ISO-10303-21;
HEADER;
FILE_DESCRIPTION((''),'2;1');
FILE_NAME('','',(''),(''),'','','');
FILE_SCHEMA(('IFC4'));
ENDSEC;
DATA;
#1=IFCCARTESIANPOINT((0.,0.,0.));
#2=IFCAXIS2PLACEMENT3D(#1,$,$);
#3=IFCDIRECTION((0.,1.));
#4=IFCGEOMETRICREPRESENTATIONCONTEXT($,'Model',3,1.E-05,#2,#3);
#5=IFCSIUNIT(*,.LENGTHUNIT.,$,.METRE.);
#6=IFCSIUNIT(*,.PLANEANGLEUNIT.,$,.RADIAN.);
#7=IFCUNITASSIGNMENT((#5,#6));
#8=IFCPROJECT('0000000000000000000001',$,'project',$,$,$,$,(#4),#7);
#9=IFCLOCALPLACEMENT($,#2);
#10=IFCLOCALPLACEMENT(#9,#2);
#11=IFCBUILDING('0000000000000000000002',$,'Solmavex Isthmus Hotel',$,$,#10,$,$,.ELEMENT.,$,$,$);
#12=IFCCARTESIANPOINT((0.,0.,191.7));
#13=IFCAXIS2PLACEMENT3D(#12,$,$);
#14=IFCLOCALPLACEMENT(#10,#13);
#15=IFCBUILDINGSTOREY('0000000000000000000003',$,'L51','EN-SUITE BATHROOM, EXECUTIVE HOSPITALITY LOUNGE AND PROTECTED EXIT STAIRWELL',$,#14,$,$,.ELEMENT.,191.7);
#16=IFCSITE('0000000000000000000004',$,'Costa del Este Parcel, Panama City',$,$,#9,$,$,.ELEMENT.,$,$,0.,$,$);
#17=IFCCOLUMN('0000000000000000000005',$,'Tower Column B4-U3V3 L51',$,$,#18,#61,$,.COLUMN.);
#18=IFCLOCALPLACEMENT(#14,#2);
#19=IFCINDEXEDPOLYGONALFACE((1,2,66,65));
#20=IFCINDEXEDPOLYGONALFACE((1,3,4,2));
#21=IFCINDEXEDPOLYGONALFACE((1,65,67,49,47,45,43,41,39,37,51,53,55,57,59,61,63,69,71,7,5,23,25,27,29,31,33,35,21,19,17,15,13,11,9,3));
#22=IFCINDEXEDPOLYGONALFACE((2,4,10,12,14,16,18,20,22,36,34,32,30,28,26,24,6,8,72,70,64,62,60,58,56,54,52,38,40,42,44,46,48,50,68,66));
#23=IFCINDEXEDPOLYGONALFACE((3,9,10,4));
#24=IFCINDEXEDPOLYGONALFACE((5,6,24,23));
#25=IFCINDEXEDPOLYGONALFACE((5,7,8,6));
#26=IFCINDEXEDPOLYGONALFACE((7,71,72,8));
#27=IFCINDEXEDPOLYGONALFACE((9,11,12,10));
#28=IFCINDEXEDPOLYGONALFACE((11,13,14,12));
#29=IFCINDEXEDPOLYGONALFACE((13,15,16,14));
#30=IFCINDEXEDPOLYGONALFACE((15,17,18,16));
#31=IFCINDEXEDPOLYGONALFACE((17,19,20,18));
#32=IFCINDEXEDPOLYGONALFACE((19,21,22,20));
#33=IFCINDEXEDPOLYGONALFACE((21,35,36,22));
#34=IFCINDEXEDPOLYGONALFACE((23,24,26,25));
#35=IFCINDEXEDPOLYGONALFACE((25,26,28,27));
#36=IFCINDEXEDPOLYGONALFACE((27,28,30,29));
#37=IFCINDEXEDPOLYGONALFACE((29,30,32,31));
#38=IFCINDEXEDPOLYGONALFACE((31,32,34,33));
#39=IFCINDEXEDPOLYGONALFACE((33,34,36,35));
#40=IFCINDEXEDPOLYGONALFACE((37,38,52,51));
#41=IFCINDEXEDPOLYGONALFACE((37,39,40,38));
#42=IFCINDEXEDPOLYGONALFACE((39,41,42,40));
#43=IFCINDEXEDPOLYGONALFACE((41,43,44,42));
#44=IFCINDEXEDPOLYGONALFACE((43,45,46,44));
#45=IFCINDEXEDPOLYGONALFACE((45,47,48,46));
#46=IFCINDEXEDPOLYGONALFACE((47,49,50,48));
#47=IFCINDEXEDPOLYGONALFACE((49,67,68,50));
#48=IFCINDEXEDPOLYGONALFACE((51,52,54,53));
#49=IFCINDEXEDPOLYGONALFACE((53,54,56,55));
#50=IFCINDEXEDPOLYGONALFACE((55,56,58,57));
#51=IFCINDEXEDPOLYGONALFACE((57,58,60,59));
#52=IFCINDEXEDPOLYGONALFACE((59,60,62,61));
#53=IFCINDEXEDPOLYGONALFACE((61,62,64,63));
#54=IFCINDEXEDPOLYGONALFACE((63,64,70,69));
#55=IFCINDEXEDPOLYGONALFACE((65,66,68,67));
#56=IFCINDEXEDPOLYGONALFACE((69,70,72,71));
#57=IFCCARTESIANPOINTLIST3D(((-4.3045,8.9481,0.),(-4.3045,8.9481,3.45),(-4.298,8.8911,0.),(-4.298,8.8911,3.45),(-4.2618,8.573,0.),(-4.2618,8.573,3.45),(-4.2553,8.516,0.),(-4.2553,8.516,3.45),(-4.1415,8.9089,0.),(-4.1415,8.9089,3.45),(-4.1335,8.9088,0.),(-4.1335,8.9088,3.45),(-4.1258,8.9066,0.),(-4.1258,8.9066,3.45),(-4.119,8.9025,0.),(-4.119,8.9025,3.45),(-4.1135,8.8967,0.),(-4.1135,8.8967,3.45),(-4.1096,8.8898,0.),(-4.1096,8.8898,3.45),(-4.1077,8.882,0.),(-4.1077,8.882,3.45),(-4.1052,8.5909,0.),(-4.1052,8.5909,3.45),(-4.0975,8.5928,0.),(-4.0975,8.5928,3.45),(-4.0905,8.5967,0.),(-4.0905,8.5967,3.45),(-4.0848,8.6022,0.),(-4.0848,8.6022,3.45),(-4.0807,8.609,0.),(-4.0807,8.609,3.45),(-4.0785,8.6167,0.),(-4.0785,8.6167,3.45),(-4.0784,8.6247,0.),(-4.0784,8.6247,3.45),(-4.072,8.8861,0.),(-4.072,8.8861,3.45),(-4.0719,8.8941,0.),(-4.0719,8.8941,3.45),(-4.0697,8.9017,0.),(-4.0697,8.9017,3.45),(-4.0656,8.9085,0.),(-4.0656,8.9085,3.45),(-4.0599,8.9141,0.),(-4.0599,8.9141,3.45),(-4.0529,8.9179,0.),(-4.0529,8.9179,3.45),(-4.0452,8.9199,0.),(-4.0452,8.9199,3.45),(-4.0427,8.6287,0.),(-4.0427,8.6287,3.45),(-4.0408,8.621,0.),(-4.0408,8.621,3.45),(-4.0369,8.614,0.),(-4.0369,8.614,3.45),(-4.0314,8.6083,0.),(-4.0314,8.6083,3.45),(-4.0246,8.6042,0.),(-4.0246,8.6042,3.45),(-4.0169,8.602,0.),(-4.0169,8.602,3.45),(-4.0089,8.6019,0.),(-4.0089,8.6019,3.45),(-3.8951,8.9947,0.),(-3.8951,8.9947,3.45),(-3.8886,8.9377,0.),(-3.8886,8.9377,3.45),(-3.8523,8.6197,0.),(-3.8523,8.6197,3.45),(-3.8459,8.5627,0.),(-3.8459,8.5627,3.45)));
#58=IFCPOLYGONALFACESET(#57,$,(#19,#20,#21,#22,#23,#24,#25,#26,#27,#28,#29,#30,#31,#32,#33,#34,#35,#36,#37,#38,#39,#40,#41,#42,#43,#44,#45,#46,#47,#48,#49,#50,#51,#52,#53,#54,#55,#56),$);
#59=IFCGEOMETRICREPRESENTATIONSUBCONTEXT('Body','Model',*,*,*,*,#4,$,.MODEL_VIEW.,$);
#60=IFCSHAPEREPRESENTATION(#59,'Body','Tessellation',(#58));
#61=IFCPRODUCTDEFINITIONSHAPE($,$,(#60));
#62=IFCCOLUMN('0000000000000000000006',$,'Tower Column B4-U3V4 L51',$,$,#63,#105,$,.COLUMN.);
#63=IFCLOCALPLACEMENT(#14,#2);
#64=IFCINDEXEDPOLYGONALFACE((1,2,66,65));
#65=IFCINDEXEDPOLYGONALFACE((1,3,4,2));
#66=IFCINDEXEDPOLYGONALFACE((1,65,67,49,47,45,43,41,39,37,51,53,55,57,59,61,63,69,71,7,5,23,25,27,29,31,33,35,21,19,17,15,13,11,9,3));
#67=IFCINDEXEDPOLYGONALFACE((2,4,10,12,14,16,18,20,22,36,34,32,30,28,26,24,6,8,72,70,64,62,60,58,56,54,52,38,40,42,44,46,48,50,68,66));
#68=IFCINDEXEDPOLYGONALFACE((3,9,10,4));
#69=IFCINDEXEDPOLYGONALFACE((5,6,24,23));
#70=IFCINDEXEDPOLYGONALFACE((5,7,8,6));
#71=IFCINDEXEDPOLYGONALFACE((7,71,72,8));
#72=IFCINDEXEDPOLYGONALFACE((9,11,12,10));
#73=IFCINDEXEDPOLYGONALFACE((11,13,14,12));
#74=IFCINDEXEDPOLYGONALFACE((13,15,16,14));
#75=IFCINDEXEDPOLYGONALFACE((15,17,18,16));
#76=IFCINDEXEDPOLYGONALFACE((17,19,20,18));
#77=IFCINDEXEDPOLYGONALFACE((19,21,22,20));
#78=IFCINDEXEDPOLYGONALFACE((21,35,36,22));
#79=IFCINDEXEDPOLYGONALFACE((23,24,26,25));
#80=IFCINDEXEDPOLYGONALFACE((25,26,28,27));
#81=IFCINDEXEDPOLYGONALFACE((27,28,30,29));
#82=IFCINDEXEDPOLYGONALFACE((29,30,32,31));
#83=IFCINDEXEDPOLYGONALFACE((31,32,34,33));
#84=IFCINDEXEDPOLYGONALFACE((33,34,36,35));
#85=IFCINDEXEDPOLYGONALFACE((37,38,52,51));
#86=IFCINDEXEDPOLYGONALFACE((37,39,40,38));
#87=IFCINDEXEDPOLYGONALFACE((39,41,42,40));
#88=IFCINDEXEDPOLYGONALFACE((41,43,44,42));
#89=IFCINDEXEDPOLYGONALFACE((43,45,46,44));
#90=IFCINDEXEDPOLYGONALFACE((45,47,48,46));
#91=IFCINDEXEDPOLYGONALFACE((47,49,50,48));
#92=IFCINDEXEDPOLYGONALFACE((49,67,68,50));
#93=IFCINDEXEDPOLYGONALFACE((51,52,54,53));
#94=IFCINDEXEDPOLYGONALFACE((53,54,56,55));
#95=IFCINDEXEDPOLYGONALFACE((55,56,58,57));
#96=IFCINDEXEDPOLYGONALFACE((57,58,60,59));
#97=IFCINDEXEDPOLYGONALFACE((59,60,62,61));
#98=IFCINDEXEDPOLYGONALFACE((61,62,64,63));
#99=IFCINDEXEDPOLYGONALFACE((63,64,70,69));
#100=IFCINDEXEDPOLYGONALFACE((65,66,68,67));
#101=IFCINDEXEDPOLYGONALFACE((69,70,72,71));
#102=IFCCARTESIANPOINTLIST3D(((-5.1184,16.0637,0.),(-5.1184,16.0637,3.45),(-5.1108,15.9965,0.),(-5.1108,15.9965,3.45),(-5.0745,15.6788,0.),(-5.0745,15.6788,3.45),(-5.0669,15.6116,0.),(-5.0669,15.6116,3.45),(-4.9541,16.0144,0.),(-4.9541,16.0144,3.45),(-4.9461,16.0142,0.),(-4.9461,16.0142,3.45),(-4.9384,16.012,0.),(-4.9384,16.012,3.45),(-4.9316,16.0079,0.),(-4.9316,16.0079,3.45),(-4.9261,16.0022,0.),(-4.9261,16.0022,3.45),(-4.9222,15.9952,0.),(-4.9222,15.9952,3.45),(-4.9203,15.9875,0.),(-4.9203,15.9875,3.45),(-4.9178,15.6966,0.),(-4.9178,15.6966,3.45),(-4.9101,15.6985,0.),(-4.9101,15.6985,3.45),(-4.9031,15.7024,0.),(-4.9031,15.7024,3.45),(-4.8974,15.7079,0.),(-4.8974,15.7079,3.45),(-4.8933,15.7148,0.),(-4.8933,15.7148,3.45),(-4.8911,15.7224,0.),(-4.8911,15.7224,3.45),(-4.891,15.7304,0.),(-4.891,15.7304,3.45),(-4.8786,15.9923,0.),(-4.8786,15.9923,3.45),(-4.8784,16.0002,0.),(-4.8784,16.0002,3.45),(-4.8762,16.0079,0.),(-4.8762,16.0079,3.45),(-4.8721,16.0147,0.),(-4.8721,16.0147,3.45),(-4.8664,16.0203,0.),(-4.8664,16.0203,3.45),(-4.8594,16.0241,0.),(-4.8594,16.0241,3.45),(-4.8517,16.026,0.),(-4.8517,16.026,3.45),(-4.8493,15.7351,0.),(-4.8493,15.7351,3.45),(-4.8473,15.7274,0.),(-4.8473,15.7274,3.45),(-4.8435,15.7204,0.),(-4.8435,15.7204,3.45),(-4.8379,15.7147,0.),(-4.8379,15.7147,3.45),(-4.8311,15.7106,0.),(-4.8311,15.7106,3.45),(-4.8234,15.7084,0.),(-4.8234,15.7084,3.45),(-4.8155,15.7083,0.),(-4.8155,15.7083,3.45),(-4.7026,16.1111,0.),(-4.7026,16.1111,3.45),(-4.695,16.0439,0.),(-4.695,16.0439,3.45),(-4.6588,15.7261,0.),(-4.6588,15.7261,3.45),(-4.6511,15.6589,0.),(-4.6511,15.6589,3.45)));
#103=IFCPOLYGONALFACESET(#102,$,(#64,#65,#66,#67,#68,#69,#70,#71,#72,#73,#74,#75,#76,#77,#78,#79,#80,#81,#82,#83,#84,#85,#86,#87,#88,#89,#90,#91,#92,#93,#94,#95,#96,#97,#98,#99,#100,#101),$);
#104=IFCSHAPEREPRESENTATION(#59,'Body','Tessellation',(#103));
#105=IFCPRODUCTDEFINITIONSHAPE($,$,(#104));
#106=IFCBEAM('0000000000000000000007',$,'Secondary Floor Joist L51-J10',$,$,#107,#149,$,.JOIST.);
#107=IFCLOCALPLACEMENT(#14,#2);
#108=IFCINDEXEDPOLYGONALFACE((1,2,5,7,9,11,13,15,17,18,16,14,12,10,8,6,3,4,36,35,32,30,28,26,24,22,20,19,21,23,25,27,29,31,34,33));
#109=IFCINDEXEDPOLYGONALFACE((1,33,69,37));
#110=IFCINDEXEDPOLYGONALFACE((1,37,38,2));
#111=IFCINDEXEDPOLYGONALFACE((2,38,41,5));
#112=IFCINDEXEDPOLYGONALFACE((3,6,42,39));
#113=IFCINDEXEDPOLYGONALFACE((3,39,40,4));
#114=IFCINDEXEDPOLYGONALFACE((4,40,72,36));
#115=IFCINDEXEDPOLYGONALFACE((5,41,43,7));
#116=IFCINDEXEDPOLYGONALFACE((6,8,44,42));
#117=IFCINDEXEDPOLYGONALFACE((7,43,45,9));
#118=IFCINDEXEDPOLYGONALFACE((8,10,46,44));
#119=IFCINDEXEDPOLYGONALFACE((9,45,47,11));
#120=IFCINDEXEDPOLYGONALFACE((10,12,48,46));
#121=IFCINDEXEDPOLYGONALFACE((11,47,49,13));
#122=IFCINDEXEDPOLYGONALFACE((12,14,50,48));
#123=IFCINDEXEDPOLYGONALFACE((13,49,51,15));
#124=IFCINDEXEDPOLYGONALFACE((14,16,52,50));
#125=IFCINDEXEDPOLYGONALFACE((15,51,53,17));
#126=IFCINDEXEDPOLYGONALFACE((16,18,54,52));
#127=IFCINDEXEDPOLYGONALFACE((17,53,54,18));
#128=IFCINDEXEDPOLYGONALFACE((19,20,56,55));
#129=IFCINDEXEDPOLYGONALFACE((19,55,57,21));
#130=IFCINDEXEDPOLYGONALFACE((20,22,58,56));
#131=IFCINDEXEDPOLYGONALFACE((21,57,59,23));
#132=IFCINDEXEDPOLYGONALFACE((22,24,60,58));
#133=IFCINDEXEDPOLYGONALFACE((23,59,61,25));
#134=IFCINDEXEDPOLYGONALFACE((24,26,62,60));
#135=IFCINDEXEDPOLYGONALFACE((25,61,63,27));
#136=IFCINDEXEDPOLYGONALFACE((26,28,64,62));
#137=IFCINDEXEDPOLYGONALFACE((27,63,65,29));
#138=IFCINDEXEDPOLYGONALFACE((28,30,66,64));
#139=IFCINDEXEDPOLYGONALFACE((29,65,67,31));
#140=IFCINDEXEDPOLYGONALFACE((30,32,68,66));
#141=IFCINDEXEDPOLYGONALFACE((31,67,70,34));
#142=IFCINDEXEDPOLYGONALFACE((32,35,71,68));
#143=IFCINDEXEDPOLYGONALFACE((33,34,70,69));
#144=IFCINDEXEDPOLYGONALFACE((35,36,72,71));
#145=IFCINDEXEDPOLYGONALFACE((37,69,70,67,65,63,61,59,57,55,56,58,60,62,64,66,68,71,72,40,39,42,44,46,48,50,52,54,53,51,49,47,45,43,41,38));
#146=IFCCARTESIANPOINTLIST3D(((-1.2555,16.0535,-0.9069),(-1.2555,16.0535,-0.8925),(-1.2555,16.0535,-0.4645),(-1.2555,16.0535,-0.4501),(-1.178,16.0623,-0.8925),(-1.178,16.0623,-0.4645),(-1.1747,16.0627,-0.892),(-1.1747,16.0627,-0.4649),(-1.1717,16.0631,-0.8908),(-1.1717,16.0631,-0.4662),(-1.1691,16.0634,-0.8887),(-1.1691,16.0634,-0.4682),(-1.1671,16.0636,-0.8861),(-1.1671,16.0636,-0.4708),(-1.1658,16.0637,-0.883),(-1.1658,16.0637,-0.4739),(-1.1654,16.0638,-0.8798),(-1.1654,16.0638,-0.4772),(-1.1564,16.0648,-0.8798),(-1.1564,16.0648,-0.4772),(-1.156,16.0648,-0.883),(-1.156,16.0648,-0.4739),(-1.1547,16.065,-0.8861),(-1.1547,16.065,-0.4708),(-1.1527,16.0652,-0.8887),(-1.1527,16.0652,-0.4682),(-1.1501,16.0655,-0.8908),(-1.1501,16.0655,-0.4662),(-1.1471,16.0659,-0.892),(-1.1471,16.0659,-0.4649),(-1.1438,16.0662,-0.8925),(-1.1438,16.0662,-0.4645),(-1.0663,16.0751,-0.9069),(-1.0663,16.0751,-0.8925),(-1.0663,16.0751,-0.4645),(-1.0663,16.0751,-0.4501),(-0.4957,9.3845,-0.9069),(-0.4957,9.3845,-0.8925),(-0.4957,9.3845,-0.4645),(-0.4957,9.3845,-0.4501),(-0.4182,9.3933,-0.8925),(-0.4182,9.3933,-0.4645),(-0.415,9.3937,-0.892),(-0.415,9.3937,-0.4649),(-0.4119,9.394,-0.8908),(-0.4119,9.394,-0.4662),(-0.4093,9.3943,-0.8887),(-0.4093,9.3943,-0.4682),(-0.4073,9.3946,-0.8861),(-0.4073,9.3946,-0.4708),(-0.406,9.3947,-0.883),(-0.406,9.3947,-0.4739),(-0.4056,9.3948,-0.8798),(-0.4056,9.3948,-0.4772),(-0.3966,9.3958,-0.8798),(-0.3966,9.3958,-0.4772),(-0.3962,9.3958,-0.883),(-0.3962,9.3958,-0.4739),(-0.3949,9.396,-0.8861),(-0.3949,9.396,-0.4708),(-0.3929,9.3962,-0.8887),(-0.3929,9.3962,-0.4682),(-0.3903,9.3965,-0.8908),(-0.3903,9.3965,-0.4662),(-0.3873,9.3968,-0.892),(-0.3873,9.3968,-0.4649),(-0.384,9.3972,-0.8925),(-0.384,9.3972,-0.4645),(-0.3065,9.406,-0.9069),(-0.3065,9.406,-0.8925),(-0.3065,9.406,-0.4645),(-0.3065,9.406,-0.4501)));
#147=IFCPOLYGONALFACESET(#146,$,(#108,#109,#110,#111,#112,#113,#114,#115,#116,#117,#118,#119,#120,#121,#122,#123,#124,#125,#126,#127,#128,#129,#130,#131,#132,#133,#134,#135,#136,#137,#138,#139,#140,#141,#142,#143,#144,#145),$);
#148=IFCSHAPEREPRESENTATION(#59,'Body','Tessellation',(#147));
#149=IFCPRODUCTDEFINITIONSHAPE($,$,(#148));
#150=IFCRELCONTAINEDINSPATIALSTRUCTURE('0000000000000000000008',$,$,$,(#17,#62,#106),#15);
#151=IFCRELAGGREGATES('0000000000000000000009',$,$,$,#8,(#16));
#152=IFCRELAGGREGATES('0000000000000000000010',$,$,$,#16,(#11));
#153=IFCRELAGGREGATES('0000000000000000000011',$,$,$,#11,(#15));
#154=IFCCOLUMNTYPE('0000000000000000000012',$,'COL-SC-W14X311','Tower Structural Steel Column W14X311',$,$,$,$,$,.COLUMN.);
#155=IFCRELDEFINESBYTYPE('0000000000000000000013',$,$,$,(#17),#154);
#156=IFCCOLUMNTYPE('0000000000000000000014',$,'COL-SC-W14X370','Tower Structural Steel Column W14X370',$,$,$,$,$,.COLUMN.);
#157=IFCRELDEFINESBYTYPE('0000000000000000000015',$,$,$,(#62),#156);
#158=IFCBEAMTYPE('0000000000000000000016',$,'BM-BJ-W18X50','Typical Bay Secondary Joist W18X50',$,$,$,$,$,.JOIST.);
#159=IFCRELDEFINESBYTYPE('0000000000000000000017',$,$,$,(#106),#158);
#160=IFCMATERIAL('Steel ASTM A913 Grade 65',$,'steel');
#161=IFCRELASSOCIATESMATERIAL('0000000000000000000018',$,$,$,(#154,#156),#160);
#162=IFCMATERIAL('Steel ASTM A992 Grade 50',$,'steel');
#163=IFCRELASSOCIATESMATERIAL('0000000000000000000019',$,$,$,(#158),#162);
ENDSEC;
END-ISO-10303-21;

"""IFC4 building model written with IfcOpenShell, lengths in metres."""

from ifc_helpers import new_model, si_unit, direction, frame, origin, origin_2d, place, context, subcontext, project, spatial, i_section, extrude, material, material_profile, profile_set, type_object, element, save


model = new_model("IFC4")

# Units and contexts
model_context = context("Model", 3, precision=1e-05, world=origin(), true_north=direction((0.0, 1.0)))
body_context = subcontext(model_context, "Body", "Model", "MODEL_VIEW")
ifc_project = project(units=[si_unit("LENGTHUNIT", "METRE"), si_unit("PLANEANGLEUNIT", "RADIAN")], contexts=[model_context])

# Site, building, storey
site_placement = place(None, origin())
site = spatial("IfcSite", under=ifc_project, at=site_placement, Name="Costa del Este Parcel, Panama City", CompositionType="ELEMENT", RefElevation=0.0)
building_placement = place(site_placement, origin())
building = spatial("IfcBuilding", under=site, at=building_placement, Name="Solmavex Isthmus Hotel", CompositionType="ELEMENT")
storey_placement = place(building_placement, frame((0.0, 0.0, 191.7)))
storey = spatial("IfcBuildingStorey", under=building, at=storey_placement, Name="L51", Description="EN-SUITE BATHROOM, EXECUTIVE HOSPITALITY LOUNGE AND PROTECTED EXIT STAIRWELL", CompositionType="ELEMENT", Elevation=191.7)

# Columns
ifc_material_1 = material(Name="Steel ASTM A913 Grade 65", Category="steel")
ifc_material_profile_1 = material_profile(ifc_material_1, i_section(OverallWidth=0.4121, OverallDepth=0.4348, WebThickness=0.0359, FlangeThickness=0.0574, FilletRadius=0.0305, at=origin_2d()), Name="W14X311")
ifc_profile_set_1 = profile_set([ifc_material_profile_1], Name="Steel ASTM A913 Grade 65")
column_type_1 = type_object("IfcColumnType", Name="COL-SC-W14X311", Description="Tower Structural Steel Column W14X311", PredefinedType="COLUMN", material=ifc_profile_set_1)
column_1_placement = place(storey_placement, frame((-4.0752, 8.7554, 0.0), z_axis=(0.0, 0.0, 1.0), x_axis=(0.993572, 0.113203, 0.0)))
element("IfcColumn", 1, at=column_1_placement, inside=storey, type_object=column_type_1, Name="Tower Column B4-U3V3 L51", PredefinedType="COLUMN", context=body_context, shape_type="SweptSolid", body=[
    extrude(i_section(OverallWidth=0.4121, OverallDepth=0.4348, WebThickness=0.0359, FlangeThickness=0.0574, FilletRadius=0.0305, at=origin_2d()), origin(), (0.0, 0.0, 1.0), 3.45),
])
ifc_material_profile_2 = material_profile(ifc_material_1, i_section(OverallWidth=0.4185, OverallDepth=0.4551, WebThickness=0.042, FlangeThickness=0.0676, FilletRadius=0.0305, at=origin_2d()), Name="W14X370")
ifc_profile_set_2 = profile_set([ifc_material_profile_2], Name="Steel ASTM A913 Grade 65")
column_type_2 = type_object("IfcColumnType", Name="COL-SC-W14X370", Description="Tower Structural Steel Column W14X370", PredefinedType="COLUMN", material=ifc_profile_set_2)
column_2_placement = place(storey_placement, frame((-4.8848, 15.8613, 0.0), z_axis=(0.0, 0.0, 1.0), x_axis=(0.993572, 0.113203, 0.0)))
element("IfcColumn", 2, at=column_2_placement, inside=storey, type_object=column_type_2, Name="Tower Column B4-U3V4 L51", PredefinedType="COLUMN", context=body_context, shape_type="SweptSolid", body=[
    extrude(i_section(OverallWidth=0.4185, OverallDepth=0.4551, WebThickness=0.042, FlangeThickness=0.0676, FilletRadius=0.0305, at=origin_2d()), origin(), (0.0, 0.0, 1.0), 3.45),
])

# Beam
ifc_material_2 = material(Name="Steel ASTM A992 Grade 50", Category="steel")
ifc_material_profile_3 = material_profile(ifc_material_2, i_section(OverallWidth=0.1904, OverallDepth=0.4568, WebThickness=0.009, FlangeThickness=0.0144, FilletRadius=0.0127, at=origin_2d()), Name="W18X50")
ifc_profile_set_3 = profile_set([ifc_material_profile_3], Name="Steel ASTM A992 Grade 50")
beam_type_1 = type_object("IfcBeamType", Name="BM-BJ-W18X50", Description="Typical Bay Secondary Joist W18X50", PredefinedType="JOIST", material=ifc_profile_set_3)
beam_1_placement = place(storey_placement, frame((-0.4011, 9.3953, -0.6785), z_axis=(-0.113194, 0.993573, 0.0), x_axis=(-0.993573, -0.113194, 0.0)))
element("IfcBeam", 3, at=beam_1_placement, inside=storey, type_object=beam_type_1, Name="Secondary Floor Joist L51-J10", PredefinedType="JOIST", context=body_context, shape_type="SweptSolid", body=[
    extrude(i_section(OverallWidth=0.1904, OverallDepth=0.4568, WebThickness=0.009, FlangeThickness=0.0144, FilletRadius=0.0127, at=origin_2d()), origin(), (0.0, 0.0, 1.0), 6.7122),
])

save(model, "model.ifc")
